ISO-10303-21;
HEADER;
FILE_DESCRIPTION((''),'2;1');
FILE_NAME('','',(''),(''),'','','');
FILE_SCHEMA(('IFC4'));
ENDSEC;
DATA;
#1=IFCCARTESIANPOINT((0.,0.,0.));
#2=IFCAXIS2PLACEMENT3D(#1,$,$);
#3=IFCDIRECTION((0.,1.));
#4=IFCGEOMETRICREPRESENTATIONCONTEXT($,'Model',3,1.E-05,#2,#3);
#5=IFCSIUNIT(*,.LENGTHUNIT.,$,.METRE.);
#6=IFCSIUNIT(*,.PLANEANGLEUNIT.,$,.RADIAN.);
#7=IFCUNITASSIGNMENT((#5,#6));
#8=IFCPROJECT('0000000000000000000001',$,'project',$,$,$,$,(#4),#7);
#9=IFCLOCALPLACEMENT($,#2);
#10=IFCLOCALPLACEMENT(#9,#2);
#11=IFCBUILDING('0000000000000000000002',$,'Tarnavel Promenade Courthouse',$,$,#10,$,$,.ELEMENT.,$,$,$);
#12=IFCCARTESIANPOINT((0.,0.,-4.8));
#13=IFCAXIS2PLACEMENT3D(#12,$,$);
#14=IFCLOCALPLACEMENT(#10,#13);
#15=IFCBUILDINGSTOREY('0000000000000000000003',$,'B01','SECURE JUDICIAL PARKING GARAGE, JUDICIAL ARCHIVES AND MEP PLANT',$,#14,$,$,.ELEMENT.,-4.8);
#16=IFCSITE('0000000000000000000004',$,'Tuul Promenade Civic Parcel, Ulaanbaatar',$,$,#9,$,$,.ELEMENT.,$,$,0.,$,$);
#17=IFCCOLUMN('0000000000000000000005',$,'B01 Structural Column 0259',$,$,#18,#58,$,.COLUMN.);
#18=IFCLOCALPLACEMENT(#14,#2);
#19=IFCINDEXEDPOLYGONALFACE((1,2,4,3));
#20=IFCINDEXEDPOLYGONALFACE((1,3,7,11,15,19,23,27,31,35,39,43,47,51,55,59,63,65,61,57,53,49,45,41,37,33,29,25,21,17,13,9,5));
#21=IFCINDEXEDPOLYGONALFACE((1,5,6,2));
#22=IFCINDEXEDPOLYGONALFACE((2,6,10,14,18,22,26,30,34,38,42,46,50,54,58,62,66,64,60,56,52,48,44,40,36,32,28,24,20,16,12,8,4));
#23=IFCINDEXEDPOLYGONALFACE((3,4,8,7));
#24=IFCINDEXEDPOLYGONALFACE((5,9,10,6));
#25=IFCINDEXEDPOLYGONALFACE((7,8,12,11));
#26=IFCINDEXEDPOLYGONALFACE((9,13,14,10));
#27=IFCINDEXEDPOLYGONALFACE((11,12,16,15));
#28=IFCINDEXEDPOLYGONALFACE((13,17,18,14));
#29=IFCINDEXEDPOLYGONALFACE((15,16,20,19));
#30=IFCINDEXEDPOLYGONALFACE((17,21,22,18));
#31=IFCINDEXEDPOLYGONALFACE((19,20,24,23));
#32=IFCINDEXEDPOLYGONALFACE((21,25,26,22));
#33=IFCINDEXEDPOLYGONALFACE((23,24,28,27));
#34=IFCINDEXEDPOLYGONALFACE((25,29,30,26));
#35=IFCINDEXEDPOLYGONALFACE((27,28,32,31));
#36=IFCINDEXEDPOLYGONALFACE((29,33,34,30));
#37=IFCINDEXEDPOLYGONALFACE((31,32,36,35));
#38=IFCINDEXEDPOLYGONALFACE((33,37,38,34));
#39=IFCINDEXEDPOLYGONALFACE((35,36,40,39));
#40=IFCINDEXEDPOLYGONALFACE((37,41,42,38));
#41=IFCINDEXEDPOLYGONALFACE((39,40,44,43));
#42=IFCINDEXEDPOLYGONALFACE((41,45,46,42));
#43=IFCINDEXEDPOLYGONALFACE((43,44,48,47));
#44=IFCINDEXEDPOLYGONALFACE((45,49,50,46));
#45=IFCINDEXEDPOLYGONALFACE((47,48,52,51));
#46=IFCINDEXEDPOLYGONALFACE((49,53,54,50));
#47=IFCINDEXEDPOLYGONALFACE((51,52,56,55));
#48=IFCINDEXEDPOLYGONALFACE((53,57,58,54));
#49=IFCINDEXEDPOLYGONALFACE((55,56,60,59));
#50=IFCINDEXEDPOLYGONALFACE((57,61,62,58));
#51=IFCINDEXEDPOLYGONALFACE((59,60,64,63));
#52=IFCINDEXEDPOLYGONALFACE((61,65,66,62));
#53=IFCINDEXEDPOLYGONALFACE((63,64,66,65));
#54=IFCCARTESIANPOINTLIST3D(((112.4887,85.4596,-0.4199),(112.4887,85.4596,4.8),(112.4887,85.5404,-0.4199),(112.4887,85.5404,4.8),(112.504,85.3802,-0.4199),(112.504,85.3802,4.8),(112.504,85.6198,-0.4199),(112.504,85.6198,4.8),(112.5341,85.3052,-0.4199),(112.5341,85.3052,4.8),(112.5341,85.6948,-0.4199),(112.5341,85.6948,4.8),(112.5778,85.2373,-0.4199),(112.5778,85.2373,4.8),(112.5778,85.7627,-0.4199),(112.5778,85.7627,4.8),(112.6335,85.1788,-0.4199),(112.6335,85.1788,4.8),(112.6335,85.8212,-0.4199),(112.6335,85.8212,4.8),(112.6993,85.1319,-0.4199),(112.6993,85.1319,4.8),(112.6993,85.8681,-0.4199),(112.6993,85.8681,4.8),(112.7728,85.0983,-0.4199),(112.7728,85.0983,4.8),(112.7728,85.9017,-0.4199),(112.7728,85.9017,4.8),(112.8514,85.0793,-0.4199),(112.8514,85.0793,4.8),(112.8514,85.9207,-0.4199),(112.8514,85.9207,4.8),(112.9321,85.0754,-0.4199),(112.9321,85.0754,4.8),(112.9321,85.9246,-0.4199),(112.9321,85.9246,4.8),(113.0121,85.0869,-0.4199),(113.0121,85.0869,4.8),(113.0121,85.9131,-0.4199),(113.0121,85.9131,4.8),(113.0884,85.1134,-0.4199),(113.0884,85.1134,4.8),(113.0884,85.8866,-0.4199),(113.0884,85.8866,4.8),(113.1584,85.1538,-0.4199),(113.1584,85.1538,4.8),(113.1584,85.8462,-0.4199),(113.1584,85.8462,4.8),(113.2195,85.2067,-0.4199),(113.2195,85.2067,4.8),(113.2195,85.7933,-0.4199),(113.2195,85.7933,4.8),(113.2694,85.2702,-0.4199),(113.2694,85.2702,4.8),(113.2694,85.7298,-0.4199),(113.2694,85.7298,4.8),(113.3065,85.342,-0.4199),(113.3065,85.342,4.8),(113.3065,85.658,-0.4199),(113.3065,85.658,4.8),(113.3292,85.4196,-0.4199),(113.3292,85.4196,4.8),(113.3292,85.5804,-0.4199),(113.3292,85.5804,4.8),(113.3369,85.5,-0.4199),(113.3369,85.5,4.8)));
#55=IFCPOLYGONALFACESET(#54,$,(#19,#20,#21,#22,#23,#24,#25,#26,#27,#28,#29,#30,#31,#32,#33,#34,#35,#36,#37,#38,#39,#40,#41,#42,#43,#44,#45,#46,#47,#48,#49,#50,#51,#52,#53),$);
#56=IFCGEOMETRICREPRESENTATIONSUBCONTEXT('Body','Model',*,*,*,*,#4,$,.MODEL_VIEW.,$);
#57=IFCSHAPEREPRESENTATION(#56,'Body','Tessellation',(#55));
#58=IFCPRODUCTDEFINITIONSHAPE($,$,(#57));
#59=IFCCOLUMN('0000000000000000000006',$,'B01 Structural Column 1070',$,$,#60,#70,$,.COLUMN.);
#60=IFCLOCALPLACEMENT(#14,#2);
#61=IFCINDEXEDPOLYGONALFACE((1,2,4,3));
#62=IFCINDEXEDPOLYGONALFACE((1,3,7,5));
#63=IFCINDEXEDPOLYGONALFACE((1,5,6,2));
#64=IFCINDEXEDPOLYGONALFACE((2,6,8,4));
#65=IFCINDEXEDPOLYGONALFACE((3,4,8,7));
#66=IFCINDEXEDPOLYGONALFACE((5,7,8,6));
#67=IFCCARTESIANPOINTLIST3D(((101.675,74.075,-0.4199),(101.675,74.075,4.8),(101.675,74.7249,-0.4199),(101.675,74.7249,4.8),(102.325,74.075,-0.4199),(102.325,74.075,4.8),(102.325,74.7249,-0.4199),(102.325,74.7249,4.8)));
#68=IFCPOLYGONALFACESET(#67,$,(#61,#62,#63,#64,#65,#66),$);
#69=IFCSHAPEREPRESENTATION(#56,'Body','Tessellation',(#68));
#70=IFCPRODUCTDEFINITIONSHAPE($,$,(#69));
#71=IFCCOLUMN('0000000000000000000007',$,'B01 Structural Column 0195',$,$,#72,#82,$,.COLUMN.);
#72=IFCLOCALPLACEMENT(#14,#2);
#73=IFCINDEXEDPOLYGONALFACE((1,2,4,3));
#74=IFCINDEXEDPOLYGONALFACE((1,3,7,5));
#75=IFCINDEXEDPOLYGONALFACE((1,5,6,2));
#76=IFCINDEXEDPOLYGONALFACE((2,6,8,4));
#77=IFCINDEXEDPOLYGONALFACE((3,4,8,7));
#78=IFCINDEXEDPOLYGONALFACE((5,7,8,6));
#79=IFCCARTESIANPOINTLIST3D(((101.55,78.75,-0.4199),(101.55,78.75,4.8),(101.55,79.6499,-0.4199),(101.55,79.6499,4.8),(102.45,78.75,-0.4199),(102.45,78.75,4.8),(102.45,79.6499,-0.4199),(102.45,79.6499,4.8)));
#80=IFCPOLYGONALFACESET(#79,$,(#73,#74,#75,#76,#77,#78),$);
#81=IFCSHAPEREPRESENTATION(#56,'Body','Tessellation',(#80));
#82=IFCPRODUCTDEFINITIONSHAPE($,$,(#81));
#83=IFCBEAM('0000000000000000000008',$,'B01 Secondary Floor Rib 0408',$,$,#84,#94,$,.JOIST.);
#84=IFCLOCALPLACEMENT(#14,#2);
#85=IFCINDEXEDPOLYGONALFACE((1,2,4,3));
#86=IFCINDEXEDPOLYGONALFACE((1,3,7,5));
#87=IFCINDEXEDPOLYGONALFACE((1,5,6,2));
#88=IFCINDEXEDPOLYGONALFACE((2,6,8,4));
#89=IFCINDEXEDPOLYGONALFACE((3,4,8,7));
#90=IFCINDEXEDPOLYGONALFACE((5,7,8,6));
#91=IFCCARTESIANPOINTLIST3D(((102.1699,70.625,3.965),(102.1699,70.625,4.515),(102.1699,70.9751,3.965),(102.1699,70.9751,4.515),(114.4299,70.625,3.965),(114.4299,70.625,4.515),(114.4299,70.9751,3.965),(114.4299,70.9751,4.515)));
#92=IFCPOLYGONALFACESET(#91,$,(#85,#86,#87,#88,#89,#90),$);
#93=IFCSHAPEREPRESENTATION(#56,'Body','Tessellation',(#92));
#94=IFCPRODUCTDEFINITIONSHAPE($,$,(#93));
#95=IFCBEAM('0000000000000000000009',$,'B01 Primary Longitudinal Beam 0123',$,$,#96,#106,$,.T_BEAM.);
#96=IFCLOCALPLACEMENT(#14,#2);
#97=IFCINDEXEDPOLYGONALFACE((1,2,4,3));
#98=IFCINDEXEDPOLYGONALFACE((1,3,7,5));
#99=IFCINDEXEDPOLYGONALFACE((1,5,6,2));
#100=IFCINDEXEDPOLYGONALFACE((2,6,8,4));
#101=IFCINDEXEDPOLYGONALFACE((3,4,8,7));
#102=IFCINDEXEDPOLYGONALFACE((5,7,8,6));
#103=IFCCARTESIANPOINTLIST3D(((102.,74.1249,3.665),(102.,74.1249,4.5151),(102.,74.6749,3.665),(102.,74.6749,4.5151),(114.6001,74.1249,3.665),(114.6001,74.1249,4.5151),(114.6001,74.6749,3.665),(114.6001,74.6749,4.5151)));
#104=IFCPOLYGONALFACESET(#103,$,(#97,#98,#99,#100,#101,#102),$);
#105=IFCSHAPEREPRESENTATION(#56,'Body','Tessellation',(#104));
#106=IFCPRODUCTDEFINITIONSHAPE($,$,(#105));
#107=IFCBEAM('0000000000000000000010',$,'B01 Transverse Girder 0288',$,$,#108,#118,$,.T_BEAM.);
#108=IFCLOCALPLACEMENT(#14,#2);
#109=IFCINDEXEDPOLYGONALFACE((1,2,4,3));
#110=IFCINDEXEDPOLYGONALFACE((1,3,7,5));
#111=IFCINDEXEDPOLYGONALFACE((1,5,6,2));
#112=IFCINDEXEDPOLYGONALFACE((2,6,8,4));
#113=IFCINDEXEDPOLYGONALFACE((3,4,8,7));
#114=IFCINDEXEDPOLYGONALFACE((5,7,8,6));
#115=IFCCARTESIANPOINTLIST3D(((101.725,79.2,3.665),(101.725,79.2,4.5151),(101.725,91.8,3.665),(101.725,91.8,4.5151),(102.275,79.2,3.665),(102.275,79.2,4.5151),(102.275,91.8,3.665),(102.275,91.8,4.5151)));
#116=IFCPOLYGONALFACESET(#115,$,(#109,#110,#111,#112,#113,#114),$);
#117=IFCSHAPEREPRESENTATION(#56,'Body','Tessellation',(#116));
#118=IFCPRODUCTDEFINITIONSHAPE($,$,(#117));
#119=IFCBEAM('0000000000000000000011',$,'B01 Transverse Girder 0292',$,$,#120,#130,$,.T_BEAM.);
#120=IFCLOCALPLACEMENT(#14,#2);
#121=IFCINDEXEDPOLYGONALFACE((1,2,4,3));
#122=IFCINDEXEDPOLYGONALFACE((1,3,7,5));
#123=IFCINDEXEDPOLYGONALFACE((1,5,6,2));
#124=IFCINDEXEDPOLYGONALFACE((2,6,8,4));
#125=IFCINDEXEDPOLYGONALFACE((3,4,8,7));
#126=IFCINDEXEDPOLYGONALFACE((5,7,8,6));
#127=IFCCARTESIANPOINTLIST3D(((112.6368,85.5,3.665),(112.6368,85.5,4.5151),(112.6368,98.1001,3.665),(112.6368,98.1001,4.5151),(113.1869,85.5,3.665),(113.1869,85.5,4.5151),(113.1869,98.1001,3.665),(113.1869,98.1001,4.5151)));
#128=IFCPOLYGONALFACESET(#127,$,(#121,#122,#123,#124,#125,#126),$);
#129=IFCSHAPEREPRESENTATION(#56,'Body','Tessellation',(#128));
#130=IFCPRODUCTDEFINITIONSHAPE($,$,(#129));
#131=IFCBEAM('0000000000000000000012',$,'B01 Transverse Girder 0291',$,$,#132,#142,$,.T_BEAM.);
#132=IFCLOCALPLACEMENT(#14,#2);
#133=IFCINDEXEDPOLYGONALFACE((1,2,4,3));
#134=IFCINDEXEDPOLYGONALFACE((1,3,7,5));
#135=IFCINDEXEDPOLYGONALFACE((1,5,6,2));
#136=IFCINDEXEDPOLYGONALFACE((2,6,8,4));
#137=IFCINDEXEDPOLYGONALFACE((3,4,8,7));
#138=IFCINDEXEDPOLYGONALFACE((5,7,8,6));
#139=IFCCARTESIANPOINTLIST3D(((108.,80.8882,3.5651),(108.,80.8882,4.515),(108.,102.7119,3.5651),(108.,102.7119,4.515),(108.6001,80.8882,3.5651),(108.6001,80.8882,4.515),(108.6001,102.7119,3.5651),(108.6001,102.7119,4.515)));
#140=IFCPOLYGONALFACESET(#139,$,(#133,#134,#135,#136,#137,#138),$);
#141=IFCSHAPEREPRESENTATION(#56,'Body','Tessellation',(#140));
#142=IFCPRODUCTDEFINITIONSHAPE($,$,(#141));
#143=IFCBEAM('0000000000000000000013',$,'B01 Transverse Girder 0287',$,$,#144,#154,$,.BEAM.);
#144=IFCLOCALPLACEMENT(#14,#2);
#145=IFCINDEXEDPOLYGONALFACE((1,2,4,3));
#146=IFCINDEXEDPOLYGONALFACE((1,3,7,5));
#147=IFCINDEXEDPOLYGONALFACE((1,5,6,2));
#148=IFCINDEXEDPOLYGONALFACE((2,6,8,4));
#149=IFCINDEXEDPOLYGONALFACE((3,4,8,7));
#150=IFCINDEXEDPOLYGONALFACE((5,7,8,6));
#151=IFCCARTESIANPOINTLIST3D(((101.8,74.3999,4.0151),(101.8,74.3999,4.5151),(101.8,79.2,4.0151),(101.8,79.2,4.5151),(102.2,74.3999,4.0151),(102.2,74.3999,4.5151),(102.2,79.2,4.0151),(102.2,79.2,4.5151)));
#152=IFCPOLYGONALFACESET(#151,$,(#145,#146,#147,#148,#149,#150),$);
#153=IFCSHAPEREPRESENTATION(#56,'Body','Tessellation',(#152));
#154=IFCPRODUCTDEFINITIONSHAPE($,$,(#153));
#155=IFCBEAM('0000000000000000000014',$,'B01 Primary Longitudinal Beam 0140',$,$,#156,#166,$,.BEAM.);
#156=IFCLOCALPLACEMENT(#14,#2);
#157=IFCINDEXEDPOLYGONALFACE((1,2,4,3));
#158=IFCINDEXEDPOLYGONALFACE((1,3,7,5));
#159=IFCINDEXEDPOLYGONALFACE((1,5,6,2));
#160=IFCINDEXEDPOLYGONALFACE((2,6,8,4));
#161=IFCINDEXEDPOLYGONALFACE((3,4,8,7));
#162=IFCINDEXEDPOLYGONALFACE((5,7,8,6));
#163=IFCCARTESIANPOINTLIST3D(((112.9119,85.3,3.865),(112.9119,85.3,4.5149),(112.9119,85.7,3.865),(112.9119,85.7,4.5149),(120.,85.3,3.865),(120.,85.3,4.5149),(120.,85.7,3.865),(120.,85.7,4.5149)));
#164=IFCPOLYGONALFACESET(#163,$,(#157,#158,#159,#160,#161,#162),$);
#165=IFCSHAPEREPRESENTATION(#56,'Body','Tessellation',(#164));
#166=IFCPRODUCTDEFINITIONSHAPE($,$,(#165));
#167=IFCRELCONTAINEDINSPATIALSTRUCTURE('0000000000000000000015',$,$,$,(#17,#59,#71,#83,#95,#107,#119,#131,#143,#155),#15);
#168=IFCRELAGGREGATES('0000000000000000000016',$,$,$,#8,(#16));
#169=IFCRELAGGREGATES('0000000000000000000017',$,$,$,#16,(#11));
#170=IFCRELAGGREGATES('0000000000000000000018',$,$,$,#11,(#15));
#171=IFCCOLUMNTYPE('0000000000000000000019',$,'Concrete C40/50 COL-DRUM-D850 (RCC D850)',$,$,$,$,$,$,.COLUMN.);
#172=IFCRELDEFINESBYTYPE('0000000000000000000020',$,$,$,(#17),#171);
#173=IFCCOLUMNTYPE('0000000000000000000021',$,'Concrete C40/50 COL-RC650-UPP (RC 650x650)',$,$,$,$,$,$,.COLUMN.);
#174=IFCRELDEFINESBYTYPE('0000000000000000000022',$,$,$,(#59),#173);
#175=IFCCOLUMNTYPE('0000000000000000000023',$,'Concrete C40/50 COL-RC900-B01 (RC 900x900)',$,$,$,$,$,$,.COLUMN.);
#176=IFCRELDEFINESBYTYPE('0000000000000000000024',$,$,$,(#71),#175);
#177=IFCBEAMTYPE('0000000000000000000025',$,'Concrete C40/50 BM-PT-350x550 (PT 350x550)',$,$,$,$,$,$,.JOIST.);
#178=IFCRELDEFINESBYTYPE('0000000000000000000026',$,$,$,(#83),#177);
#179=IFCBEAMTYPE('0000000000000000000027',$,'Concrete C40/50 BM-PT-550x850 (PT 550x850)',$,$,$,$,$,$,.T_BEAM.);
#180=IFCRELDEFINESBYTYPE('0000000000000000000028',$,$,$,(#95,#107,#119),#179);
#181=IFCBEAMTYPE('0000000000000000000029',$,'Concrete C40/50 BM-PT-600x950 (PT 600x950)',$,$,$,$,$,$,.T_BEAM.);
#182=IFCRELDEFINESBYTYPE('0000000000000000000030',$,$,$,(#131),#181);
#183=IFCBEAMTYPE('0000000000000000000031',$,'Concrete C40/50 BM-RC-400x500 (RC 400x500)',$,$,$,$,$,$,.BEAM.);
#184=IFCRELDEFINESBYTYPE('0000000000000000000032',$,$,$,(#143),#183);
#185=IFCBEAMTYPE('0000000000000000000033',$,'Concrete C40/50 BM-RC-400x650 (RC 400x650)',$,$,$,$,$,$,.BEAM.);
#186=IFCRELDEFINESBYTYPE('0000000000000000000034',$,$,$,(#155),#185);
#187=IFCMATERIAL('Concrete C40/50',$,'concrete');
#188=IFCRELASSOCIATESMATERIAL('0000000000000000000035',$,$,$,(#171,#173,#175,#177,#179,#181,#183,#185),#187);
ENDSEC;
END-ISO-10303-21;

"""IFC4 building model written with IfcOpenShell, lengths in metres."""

from ifc_helpers import new_model, si_unit, direction, frame, origin, origin_2d, place, context, subcontext, project, spatial, rectangle, circle, extrude, material, material_profile, profile_set, type_object, element, save


model = new_model("IFC4")

# Units and contexts
model_context = context("Model", 3, precision=1e-05, world=origin(), true_north=direction((0.0, 1.0)))
body_context = subcontext(model_context, "Body", "Model", "MODEL_VIEW")
ifc_project = project(units=[si_unit("LENGTHUNIT", "METRE"), si_unit("PLANEANGLEUNIT", "RADIAN")], contexts=[model_context])

# Site, building, storey
site_placement = place(None, origin())
site = spatial("IfcSite", under=ifc_project, at=site_placement, Name="Tuul Promenade Civic Parcel, Ulaanbaatar", CompositionType="ELEMENT", RefElevation=0.0)
building_placement = place(site_placement, origin())
building = spatial("IfcBuilding", under=site, at=building_placement, Name="Tarnavel Promenade Courthouse", CompositionType="ELEMENT")
storey_placement = place(building_placement, frame((0.0, 0.0, -4.8)))
storey = spatial("IfcBuildingStorey", under=building, at=storey_placement, Name="B01", Description="SECURE JUDICIAL PARKING GARAGE, JUDICIAL ARCHIVES AND MEP PLANT", CompositionType="ELEMENT", Elevation=-4.8)

# Columns
ifc_material_1 = material(Name="Concrete C40/50", Category="concrete")
ifc_material_profile_1 = material_profile(ifc_material_1, circle(Radius=0.425, at=origin_2d()), Name="RCC D850")
ifc_profile_set_1 = profile_set([ifc_material_profile_1], Name="Concrete C40/50")
column_type_1 = type_object("IfcColumnType", Name="Concrete C40/50 COL-DRUM-D850 (RCC D850)", PredefinedType="COLUMN", material=ifc_profile_set_1)
for number, where, z_axis, x_axis, name in (
    (1, (112.9119, 85.5, -0.4199), (0.0, 0.0, 1.0), (1.0, 0.0, 0.0), "B01 Structural Column 0259"),
):
    element("IfcColumn", number, at=place(storey_placement, frame(where, z_axis=z_axis, x_axis=x_axis)), inside=storey, type_object=column_type_1, Name=name, PredefinedType="COLUMN", context=body_context, shape_type="SweptSolid", body=[
        extrude(circle(Radius=0.425, at=origin_2d()), origin(), (0.0, 0.0, 1.0), 5.22),
    ])
ifc_material_profile_2 = material_profile(ifc_material_1, rectangle(XDim=0.6499, YDim=0.6499, at=origin_2d()), Name="RC 650x650")
ifc_profile_set_2 = profile_set([ifc_material_profile_2], Name="Concrete C40/50")
column_type_2 = type_object("IfcColumnType", Name="Concrete C40/50 COL-RC650-UPP (RC 650x650)", PredefinedType="COLUMN", material=ifc_profile_set_2)
column_1_placement = place(storey_placement, frame((102.0, 74.3999, -0.4199), z_axis=(0.0, 0.0, 1.0), x_axis=(1.0, 0.0, 0.0)))
element("IfcColumn", 2, at=column_1_placement, inside=storey, type_object=column_type_2, Name="B01 Structural Column 1070", PredefinedType="COLUMN", context=body_context, shape_type="SweptSolid", body=[
    extrude(rectangle(XDim=0.6499, YDim=0.6499, at=origin_2d()), origin(), (0.0, 0.0, 1.0), 5.22),
])
ifc_material_profile_3 = material_profile(ifc_material_1, rectangle(XDim=0.8999, YDim=0.8999, at=origin_2d()), Name="RC 900x900")
ifc_profile_set_3 = profile_set([ifc_material_profile_3], Name="Concrete C40/50")
column_type_3 = type_object("IfcColumnType", Name="Concrete C40/50 COL-RC900-B01 (RC 900x900)", PredefinedType="COLUMN", material=ifc_profile_set_3)
column_2_placement = place(storey_placement, frame((102.0, 79.2, -0.4199), z_axis=(0.0, 0.0, 1.0), x_axis=(1.0, 0.0, 0.0)))
element("IfcColumn", 3, at=column_2_placement, inside=storey, type_object=column_type_3, Name="B01 Structural Column 0195", PredefinedType="COLUMN", context=body_context, shape_type="SweptSolid", body=[
    extrude(rectangle(XDim=0.8999, YDim=0.8999, at=origin_2d()), origin(), (0.0, 0.0, 1.0), 5.22),
])

# Beams
ifc_material_profile_4 = material_profile(ifc_material_1, rectangle(XDim=0.3501, YDim=0.55, at=origin_2d()), Name="PT 350x550")
ifc_profile_set_4 = profile_set([ifc_material_profile_4], Name="Concrete C40/50")
beam_type_1 = type_object("IfcBeamType", Name="Concrete C40/50 BM-PT-350x550 (PT 350x550)", PredefinedType="JOIST", material=ifc_profile_set_4)
beam_1_placement = place(storey_placement, frame((102.1699, 70.8, 4.24), z_axis=(1.0, 0.0, 0.0), x_axis=(0.0, 1.0, 0.0)))
element("IfcBeam", 4, at=beam_1_placement, inside=storey, type_object=beam_type_1, Name="B01 Secondary Floor Rib 0408", PredefinedType="JOIST", context=body_context, shape_type="SweptSolid", body=[
    extrude(rectangle(XDim=0.3501, YDim=0.55, at=origin_2d()), origin(), (0.0, 0.0, 1.0), 12.26),
])
ifc_material_profile_5 = material_profile(ifc_material_1, rectangle(XDim=0.55, YDim=0.8501, at=origin_2d()), Name="PT 550x850")
ifc_profile_set_5 = profile_set([ifc_material_profile_5], Name="Concrete C40/50")
beam_type_2 = type_object("IfcBeamType", Name="Concrete C40/50 BM-PT-550x850 (PT 550x850)", PredefinedType="T_BEAM", material=ifc_profile_set_5)
for number, where, z_axis, x_axis, name in (
    (5, (102.0, 74.3999, 4.0901), (1.0, 0.0, 0.0), (0.0, 1.0, 0.0), "B01 Primary Longitudinal Beam 0123"),
    (6, (102.0, 79.2, 4.0901), (0.0, 1.0, 0.0), (-1.0, 0.0, 0.0), "B01 Transverse Girder 0288"),
    (7, (112.9119, 85.5, 4.0901), (0.0, 1.0, 0.0), (-1.0, 0.0, 0.0), "B01 Transverse Girder 0292"),
):
    element("IfcBeam", number, at=place(storey_placement, frame(where, z_axis=z_axis, x_axis=x_axis)), inside=storey, type_object=beam_type_2, Name=name, PredefinedType="T_BEAM", context=body_context, shape_type="SweptSolid", body=[
        extrude(rectangle(XDim=0.55, YDim=0.8501, at=origin_2d()), origin(), (0.0, 0.0, 1.0), 12.6001),
    ])
ifc_material_profile_6 = material_profile(ifc_material_1, rectangle(XDim=0.6001, YDim=0.95, at=origin_2d()), Name="PT 600x950")
ifc_profile_set_6 = profile_set([ifc_material_profile_6], Name="Concrete C40/50")
beam_type_3 = type_object("IfcBeamType", Name="Concrete C40/50 BM-PT-600x950 (PT 600x950)", PredefinedType="T_BEAM", material=ifc_profile_set_6)
beam_2_placement = place(storey_placement, frame((108.3, 80.8882, 4.04), z_axis=(0.0, 1.0, 0.0), x_axis=(-1.0, 0.0, 0.0)))
element("IfcBeam", 8, at=beam_2_placement, inside=storey, type_object=beam_type_3, Name="B01 Transverse Girder 0291", PredefinedType="T_BEAM", context=body_context, shape_type="SweptSolid", body=[
    extrude(rectangle(XDim=0.6001, YDim=0.95, at=origin_2d()), origin(), (0.0, 0.0, 1.0), 21.8237),
])
ifc_material_profile_7 = material_profile(ifc_material_1, rectangle(XDim=0.3999, YDim=0.5, at=origin_2d()), Name="RC 400x500")
ifc_profile_set_7 = profile_set([ifc_material_profile_7], Name="Concrete C40/50")
beam_type_4 = type_object("IfcBeamType", Name="Concrete C40/50 BM-RC-400x500 (RC 400x500)", PredefinedType="BEAM", material=ifc_profile_set_7)
beam_3_placement = place(storey_placement, frame((102.0, 74.3999, 4.2651), z_axis=(0.0, 1.0, 0.0), x_axis=(-1.0, 0.0, 0.0)))
element("IfcBeam", 9, at=beam_3_placement, inside=storey, type_object=beam_type_4, Name="B01 Transverse Girder 0287", PredefinedType="BEAM", context=body_context, shape_type="SweptSolid", body=[
    extrude(rectangle(XDim=0.3999, YDim=0.5, at=origin_2d()), origin(), (0.0, 0.0, 1.0), 4.8),
])
ifc_material_profile_8 = material_profile(ifc_material_1, rectangle(XDim=0.3999, YDim=0.6499, at=origin_2d()), Name="RC 400x650")
ifc_profile_set_8 = profile_set([ifc_material_profile_8], Name="Concrete C40/50")
beam_type_5 = type_object("IfcBeamType", Name="Concrete C40/50 BM-RC-400x650 (RC 400x650)", PredefinedType="BEAM", material=ifc_profile_set_8)
beam_4_placement = place(storey_placement, frame((112.9119, 85.5, 4.1899), z_axis=(1.0, 0.0, 0.0), x_axis=(0.0, 1.0, 0.0)))
element("IfcBeam", 10, at=beam_4_placement, inside=storey, type_object=beam_type_5, Name="B01 Primary Longitudinal Beam 0140", PredefinedType="BEAM", context=body_context, shape_type="SweptSolid", body=[
    extrude(rectangle(XDim=0.3999, YDim=0.6499, at=origin_2d()), origin(), (0.0, 0.0, 1.0), 7.0881),
])

save(model, "model.ifc")
